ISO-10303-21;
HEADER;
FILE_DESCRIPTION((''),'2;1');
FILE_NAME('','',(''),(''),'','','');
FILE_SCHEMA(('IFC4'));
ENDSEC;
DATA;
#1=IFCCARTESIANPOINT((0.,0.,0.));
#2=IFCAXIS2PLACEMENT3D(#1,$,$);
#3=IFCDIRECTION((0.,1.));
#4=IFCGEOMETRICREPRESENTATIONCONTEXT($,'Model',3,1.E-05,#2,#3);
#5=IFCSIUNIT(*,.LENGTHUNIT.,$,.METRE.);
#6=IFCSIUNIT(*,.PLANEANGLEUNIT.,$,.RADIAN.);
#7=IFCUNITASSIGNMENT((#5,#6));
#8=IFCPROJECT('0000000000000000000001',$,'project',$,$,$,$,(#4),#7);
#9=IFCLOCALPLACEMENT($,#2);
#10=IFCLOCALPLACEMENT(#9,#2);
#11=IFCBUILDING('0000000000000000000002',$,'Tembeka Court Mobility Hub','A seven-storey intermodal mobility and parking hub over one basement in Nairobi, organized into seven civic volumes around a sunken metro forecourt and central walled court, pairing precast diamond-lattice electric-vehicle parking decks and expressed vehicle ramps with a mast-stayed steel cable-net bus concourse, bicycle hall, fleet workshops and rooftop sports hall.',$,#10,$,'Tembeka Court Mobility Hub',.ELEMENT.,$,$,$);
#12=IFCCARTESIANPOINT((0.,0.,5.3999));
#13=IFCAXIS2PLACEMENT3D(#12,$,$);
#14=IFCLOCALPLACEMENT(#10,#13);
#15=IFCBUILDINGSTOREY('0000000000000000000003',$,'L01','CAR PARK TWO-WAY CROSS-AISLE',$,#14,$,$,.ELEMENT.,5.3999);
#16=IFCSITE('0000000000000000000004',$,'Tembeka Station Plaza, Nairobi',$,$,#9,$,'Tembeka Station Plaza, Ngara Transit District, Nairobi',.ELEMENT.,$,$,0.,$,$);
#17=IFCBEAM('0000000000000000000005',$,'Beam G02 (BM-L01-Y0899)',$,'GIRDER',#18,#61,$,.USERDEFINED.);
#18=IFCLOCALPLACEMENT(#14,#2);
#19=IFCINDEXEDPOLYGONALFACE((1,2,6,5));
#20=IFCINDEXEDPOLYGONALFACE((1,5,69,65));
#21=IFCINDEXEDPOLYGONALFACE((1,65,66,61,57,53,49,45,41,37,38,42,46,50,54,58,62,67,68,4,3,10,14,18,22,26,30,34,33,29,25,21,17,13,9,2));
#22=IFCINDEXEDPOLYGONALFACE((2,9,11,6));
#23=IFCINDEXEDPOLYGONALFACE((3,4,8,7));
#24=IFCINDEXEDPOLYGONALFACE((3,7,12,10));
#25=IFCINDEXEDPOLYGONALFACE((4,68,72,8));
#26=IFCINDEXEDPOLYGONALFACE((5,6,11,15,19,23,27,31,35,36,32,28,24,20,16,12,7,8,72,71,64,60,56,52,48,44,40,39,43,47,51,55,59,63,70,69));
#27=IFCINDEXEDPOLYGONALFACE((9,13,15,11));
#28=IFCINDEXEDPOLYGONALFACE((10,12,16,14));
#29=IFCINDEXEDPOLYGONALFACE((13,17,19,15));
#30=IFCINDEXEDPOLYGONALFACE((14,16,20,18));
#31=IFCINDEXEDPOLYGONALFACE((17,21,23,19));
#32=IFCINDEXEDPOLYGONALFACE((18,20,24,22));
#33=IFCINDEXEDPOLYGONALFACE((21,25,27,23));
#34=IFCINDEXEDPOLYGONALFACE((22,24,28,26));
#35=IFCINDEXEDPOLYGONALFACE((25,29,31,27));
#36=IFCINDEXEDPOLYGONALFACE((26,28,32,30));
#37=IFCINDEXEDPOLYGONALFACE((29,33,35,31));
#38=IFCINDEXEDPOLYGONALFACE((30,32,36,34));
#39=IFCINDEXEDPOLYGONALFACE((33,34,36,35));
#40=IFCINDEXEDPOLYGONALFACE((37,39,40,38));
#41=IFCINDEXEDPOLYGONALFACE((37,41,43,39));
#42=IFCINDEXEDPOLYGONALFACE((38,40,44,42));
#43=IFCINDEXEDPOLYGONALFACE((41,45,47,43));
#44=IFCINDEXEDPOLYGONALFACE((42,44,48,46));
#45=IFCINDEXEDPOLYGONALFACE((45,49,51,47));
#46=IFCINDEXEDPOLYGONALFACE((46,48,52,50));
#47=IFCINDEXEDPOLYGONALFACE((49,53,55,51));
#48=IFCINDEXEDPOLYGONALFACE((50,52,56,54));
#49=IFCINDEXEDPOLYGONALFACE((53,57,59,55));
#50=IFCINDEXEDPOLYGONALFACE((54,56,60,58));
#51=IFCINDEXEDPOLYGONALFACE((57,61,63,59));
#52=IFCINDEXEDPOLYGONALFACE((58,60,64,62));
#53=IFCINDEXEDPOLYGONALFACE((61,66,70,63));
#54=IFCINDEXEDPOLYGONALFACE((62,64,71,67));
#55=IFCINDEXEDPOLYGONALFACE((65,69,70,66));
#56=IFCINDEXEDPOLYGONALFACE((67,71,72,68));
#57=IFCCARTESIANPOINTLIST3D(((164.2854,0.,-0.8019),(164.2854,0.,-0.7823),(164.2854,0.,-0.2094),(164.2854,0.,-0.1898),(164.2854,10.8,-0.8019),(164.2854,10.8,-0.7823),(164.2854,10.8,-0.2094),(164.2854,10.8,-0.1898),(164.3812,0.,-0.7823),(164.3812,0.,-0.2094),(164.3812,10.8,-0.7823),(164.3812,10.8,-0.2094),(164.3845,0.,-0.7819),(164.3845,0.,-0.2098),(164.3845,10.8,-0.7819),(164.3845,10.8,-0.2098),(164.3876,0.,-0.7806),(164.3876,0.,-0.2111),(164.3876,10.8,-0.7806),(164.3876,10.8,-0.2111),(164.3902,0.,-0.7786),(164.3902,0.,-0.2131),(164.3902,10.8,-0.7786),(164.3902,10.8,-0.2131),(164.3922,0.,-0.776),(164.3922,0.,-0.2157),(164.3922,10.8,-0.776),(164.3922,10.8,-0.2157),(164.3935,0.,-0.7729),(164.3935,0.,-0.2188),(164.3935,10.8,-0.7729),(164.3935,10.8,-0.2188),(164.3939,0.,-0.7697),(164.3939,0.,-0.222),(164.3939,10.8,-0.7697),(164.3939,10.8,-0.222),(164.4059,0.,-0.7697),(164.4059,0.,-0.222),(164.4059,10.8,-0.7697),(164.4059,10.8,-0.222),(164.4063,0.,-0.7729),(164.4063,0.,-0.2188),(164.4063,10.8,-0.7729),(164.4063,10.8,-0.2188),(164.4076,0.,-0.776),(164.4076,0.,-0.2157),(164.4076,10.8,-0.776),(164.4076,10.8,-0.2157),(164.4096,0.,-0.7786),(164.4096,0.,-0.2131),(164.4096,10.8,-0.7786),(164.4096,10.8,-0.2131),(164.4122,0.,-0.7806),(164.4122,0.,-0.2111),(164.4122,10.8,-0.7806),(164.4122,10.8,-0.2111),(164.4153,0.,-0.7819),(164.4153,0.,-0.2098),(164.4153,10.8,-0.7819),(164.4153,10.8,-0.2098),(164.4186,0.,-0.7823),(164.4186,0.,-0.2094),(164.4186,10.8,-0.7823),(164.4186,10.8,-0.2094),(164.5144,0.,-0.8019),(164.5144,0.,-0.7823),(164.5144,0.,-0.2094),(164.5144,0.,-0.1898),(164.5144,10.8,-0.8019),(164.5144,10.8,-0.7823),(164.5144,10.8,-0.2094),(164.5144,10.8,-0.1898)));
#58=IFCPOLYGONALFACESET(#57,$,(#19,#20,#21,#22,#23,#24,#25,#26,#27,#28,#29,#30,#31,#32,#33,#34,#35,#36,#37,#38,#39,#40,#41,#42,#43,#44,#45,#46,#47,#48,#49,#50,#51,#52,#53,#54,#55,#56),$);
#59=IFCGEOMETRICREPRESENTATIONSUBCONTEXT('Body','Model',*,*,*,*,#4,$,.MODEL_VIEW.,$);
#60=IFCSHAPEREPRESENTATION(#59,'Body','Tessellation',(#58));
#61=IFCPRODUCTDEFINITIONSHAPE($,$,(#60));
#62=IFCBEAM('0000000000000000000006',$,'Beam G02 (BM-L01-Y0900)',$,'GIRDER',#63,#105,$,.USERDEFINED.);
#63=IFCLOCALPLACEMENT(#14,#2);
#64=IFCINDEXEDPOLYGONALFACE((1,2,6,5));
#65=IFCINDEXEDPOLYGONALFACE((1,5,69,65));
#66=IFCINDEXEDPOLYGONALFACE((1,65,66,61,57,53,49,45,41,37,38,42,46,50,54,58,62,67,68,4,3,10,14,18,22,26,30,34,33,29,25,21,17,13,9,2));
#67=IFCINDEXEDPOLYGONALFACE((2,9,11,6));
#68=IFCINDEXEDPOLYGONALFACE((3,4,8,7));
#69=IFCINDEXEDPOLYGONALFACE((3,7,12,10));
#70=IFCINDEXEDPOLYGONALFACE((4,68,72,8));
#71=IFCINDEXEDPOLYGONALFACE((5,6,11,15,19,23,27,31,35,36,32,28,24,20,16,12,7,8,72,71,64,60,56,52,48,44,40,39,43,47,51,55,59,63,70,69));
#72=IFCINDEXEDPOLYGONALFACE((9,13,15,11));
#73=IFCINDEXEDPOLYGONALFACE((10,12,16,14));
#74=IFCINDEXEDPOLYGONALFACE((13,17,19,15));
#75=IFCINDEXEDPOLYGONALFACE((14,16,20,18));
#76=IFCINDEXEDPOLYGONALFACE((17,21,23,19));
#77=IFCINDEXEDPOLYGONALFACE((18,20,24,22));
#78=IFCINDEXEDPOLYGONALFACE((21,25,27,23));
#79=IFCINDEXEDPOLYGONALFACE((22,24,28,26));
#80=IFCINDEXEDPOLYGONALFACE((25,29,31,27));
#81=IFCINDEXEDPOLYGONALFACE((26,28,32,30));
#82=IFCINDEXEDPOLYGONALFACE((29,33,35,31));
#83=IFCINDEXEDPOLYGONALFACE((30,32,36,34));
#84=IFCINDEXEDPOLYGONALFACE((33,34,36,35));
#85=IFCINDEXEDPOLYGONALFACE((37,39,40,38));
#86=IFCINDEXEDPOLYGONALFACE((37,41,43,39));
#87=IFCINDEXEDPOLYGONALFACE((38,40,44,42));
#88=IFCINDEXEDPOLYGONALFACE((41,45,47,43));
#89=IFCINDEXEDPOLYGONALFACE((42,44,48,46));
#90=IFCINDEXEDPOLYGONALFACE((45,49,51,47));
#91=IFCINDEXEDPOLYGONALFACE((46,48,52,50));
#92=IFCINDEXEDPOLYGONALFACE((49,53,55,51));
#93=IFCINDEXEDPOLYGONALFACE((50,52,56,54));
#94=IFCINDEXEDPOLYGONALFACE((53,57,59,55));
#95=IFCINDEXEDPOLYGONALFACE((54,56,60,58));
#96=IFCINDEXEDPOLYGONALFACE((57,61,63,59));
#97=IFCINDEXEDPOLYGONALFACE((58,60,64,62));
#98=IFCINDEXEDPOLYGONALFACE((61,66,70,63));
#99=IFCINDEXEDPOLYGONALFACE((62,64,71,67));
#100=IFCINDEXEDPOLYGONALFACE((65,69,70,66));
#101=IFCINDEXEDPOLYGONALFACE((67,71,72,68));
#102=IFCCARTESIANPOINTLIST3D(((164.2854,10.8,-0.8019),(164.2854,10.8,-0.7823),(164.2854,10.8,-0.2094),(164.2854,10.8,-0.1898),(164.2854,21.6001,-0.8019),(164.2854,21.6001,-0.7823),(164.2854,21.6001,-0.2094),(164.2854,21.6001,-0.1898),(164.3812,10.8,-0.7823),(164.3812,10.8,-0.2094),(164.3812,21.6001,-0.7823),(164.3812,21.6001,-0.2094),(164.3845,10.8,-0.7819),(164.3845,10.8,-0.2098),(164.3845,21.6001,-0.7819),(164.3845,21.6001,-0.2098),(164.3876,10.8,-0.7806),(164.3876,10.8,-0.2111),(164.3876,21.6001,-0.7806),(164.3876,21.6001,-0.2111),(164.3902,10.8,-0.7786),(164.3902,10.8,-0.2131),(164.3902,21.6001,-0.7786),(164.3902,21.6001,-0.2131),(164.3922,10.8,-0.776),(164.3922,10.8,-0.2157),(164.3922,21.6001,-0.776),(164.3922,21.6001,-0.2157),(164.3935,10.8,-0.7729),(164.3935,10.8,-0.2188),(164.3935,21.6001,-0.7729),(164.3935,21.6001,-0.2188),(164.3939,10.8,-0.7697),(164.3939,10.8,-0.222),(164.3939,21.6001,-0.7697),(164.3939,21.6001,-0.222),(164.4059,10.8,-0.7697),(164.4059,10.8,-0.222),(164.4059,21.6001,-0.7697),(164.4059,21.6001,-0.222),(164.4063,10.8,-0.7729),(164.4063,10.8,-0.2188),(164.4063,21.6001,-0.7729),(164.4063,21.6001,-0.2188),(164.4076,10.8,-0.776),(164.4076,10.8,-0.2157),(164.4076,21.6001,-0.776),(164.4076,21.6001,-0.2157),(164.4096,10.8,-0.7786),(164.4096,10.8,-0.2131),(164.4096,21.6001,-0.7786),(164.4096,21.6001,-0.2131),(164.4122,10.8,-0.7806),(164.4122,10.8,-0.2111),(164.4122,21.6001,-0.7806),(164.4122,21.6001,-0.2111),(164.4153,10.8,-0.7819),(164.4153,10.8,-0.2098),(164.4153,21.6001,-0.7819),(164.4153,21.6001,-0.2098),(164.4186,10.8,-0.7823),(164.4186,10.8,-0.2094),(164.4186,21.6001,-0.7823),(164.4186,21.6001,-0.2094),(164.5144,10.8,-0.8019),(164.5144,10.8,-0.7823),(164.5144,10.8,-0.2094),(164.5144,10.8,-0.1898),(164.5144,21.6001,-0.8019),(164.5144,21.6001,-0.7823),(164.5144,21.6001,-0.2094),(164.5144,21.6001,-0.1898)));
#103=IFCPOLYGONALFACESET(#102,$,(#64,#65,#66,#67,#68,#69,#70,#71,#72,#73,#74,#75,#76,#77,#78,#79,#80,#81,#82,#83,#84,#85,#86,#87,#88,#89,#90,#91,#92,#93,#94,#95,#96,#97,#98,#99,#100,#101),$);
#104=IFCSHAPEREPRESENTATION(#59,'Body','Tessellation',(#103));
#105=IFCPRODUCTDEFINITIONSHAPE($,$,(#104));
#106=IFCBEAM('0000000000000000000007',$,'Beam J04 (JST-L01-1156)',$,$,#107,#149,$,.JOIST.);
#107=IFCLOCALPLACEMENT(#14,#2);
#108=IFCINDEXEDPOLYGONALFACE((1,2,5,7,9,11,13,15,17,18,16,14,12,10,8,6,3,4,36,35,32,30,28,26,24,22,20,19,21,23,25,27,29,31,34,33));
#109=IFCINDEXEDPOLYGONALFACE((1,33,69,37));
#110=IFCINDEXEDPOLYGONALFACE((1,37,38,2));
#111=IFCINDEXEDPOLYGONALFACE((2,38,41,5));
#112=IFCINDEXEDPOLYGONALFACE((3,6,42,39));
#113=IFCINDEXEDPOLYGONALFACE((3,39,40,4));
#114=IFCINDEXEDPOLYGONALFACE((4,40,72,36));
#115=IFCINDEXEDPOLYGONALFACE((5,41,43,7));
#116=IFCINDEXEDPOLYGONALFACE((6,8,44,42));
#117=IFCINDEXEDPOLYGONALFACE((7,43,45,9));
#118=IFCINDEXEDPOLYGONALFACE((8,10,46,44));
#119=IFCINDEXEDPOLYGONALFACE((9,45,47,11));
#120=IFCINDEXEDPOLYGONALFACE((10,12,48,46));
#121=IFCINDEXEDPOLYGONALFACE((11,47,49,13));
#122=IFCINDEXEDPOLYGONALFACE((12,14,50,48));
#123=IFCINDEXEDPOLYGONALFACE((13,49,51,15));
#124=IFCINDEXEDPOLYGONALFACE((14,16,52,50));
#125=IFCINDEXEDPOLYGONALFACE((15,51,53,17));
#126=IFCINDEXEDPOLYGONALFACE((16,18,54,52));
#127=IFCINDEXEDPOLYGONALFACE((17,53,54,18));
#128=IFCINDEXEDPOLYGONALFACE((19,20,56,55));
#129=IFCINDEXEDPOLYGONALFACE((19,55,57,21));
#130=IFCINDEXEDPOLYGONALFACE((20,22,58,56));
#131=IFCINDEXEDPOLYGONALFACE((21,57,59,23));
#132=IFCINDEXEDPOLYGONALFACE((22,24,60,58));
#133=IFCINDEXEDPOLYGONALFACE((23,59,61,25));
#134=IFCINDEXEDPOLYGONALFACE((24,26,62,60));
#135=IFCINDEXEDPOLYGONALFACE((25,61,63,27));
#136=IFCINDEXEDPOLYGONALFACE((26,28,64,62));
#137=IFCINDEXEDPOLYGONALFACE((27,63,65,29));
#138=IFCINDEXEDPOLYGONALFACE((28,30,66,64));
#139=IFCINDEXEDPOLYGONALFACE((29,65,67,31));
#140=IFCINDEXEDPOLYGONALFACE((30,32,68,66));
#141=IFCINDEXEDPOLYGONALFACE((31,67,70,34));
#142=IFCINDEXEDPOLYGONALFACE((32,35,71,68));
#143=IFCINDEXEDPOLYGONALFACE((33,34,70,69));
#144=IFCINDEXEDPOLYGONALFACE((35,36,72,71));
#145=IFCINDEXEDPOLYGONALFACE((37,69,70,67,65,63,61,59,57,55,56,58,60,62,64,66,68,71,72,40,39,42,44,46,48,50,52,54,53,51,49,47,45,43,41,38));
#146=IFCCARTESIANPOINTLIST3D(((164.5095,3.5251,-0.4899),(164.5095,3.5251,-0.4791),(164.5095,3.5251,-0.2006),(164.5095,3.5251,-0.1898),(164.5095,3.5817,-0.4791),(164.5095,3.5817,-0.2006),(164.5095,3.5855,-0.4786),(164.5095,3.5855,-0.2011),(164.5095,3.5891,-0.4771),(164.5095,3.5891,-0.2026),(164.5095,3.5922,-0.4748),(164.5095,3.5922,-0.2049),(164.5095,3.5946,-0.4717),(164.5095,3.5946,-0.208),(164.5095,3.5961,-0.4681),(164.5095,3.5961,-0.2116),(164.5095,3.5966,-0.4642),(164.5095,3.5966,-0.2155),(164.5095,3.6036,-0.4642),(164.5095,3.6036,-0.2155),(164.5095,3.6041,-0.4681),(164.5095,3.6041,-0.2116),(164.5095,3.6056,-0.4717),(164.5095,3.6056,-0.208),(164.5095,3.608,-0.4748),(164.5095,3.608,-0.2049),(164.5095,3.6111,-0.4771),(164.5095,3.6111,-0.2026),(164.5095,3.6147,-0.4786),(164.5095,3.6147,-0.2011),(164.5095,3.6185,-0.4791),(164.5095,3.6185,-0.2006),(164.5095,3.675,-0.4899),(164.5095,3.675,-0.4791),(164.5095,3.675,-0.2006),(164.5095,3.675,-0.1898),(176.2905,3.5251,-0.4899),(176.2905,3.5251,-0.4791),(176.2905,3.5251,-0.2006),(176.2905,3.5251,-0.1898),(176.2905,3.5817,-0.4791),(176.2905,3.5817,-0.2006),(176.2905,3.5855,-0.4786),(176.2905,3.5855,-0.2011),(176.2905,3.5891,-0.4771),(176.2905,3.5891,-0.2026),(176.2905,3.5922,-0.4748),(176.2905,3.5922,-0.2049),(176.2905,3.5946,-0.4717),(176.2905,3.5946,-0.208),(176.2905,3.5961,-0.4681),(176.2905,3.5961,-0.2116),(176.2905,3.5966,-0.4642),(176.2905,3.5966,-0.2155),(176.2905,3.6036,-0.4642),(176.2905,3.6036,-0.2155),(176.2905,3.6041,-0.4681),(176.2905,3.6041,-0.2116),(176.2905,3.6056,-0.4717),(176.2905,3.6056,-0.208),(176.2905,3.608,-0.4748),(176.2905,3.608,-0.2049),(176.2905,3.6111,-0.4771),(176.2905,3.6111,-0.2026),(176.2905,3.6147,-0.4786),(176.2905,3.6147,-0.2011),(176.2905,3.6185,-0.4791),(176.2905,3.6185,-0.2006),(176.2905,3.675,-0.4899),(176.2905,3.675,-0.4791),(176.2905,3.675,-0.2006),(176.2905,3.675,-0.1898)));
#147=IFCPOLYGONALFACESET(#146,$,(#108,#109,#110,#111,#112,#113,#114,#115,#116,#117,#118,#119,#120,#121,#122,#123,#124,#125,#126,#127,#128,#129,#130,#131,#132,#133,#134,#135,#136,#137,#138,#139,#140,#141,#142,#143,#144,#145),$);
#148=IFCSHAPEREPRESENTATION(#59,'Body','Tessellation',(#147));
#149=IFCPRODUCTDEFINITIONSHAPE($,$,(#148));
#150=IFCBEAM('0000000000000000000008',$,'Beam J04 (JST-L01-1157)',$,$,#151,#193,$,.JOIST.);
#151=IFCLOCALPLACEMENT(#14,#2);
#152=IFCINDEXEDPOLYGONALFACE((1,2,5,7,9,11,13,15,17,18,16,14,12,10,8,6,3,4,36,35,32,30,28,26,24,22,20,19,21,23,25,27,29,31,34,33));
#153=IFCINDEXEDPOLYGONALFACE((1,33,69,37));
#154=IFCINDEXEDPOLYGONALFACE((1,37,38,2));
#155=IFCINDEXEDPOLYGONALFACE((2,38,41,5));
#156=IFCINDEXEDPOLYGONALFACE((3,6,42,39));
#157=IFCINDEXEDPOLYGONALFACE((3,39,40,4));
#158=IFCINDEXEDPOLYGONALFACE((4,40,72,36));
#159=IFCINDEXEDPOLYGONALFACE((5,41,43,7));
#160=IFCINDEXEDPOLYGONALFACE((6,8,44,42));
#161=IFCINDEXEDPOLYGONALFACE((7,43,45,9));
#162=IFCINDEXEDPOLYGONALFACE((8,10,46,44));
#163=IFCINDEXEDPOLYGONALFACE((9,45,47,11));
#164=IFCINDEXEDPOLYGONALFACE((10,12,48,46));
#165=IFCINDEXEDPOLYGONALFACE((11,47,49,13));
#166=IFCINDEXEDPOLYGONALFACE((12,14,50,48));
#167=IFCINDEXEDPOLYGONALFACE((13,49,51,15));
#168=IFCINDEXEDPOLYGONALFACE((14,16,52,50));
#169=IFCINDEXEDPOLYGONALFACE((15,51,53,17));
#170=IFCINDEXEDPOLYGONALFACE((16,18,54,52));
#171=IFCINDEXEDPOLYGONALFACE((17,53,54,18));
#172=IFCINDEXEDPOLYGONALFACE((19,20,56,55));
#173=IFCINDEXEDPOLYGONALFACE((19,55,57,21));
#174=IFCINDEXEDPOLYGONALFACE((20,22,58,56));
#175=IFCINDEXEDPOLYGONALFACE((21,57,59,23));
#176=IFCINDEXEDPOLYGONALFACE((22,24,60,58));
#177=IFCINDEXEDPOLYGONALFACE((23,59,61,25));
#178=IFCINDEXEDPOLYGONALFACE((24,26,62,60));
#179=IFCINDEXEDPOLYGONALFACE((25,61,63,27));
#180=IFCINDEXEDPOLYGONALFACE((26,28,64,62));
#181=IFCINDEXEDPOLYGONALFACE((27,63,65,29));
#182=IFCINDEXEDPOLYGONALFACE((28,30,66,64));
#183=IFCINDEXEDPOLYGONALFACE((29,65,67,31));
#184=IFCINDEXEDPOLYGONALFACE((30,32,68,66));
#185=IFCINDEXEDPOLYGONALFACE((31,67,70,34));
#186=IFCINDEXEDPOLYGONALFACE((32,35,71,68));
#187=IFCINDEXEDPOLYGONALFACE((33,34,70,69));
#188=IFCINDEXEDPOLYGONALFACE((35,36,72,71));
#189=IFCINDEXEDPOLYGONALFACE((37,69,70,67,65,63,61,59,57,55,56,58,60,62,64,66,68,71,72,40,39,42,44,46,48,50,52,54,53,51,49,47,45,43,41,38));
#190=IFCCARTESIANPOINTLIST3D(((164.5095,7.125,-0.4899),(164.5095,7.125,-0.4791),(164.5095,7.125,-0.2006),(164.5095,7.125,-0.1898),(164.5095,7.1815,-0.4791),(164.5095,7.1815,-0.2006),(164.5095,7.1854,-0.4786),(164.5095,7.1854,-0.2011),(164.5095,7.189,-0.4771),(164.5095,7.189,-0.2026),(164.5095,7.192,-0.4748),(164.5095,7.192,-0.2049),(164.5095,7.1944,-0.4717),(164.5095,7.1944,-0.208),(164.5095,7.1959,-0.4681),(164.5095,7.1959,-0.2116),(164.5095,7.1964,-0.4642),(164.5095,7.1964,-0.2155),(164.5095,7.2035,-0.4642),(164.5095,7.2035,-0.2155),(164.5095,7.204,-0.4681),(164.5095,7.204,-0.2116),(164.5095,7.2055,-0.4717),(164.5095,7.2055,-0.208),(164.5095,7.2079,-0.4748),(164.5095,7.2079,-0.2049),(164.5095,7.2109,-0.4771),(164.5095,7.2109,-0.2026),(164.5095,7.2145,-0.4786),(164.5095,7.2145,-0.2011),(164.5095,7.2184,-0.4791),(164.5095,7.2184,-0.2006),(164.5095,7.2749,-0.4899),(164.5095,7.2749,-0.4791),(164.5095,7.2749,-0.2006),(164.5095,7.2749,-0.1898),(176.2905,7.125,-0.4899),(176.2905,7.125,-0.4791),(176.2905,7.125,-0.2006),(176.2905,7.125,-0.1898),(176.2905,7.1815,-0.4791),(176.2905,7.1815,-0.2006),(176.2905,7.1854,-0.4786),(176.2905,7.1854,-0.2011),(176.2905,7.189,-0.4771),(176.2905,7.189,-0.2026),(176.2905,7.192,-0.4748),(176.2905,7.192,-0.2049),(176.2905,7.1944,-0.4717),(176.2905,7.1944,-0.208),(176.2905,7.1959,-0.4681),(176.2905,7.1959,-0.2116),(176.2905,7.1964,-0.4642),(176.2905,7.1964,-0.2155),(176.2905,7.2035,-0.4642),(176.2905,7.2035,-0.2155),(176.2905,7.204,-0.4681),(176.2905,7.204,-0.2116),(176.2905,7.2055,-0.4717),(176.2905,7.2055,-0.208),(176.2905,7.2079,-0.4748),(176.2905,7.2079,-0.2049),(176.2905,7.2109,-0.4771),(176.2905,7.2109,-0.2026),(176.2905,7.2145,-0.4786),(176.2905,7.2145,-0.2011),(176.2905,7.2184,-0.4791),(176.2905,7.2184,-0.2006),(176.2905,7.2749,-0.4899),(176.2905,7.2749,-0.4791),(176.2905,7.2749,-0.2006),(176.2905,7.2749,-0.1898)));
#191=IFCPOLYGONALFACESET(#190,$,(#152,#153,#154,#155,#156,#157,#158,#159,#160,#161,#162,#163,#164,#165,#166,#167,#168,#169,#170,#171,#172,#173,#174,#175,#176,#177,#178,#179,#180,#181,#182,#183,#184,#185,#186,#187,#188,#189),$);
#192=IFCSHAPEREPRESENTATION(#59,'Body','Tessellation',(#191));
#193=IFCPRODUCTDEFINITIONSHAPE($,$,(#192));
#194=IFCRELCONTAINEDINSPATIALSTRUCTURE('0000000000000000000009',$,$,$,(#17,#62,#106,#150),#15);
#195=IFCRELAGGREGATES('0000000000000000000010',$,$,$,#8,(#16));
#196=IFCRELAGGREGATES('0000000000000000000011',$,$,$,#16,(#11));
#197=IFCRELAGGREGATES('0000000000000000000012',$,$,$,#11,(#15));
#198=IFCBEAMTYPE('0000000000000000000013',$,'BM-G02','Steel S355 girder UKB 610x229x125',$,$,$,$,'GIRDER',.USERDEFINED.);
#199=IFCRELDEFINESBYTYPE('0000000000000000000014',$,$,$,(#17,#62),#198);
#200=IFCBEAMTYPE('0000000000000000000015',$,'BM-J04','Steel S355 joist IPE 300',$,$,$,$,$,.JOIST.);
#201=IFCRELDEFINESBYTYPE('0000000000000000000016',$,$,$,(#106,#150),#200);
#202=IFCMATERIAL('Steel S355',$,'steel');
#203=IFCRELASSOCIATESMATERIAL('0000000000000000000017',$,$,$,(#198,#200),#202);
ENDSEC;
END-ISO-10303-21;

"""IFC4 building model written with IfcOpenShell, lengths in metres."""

from ifc_helpers import new_model, si_unit, direction, frame, origin, origin_2d, place, context, subcontext, project, spatial, i_section, extrude, material, material_profile, profile_set, type_object, element, save


model = new_model("IFC4")

# Units and contexts
model_context = context("Model", 3, precision=1e-05, world=origin(), true_north=direction((0.0, 1.0)))
body_context = subcontext(model_context, "Body", "Model", "MODEL_VIEW")
ifc_project = project(units=[si_unit("LENGTHUNIT", "METRE"), si_unit("PLANEANGLEUNIT", "RADIAN")], contexts=[model_context])

# Site, building, storey
site_placement = place(None, origin())
site = spatial("IfcSite", under=ifc_project, at=site_placement, Name="Tembeka Station Plaza, Nairobi", LongName="Tembeka Station Plaza, Ngara Transit District, Nairobi", CompositionType="ELEMENT", RefElevation=0.0)
building_placement = place(site_placement, origin())
building = spatial("IfcBuilding", under=site, at=building_placement, Name="Tembeka Court Mobility Hub", Description="A seven-storey intermodal mobility and parking hub over one basement in Nairobi, organized into seven civic volumes around a sunken metro forecourt and central walled court, pairing precast diamond-lattice electric-vehicle parking decks and expressed vehicle ramps with a mast-stayed steel cable-net bus concourse, bicycle hall, fleet workshops and rooftop sports hall.", LongName="Tembeka Court Mobility Hub", CompositionType="ELEMENT")
storey_placement = place(building_placement, frame((0.0, 0.0, 5.3999)))
storey = spatial("IfcBuildingStorey", under=building, at=storey_placement, Name="L01", Description="CAR PARK TWO-WAY CROSS-AISLE", CompositionType="ELEMENT", Elevation=5.3999)

# Shared definitions
ifc_material_1 = material(Name="Steel S355", Category="steel")

# Beams
ifc_material_profile_1 = material_profile(ifc_material_1, i_section(OverallWidth=0.229, OverallDepth=0.6121, WebThickness=0.012, FlangeThickness=0.0195, FilletRadius=0.0127, at=origin_2d()), Name="UKB 610x229x125")
ifc_profile_set_1 = profile_set([ifc_material_profile_1], Name="Steel S355")
beam_type_1 = type_object("IfcBeamType", Name="BM-G02", Description="Steel S355 girder UKB 610x229x125", ElementType="GIRDER", PredefinedType="USERDEFINED", material=ifc_profile_set_1)
for number, where, z_axis, x_axis, name in (
    (1, (164.3999, 0.0, -0.4958), (0.0, 1.0, 0.0), (-1.0, 0.0, 0.0), "Beam G02 (BM-L01-Y0899)"),
    (2, (164.3999, 10.8, -0.4958), (0.0, 1.0, 0.0), (-1.0, 0.0, 0.0), "Beam G02 (BM-L01-Y0900)"),
):
    element("IfcBeam", number, at=place(storey_placement, frame(where, z_axis=z_axis, x_axis=x_axis)), inside=storey, type_object=beam_type_1, Name=name, ObjectType="GIRDER", PredefinedType="USERDEFINED", context=body_context, shape_type="SweptSolid", body=[
        extrude(i_section(OverallWidth=0.229, OverallDepth=0.6121, WebThickness=0.012, FlangeThickness=0.0195, FilletRadius=0.0127, at=origin_2d()), origin(), (0.0, 0.0, 1.0), 10.8),
    ])
ifc_material_profile_2 = material_profile(ifc_material_1, i_section(OverallWidth=0.1499, OverallDepth=0.3, WebThickness=0.0071, FlangeThickness=0.0107, FilletRadius=0.0149, at=origin_2d()), Name="IPE 300")
ifc_profile_set_2 = profile_set([ifc_material_profile_2], Name="Steel S355")
beam_type_2 = type_object("IfcBeamType", Name="BM-J04", Description="Steel S355 joist IPE 300", PredefinedType="JOIST", material=ifc_profile_set_2)
for number, where, z_axis, x_axis, name in (
    (3, (164.5095, 3.6001, -0.3398), (1.0, 0.0, 0.0), (0.0, 1.0, 0.0), "Beam J04 (JST-L01-1156)"),
    (4, (164.5095, 7.2, -0.3398), (1.0, 0.0, 0.0), (0.0, 1.0, 0.0), "Beam J04 (JST-L01-1157)"),
):
    element("IfcBeam", number, at=place(storey_placement, frame(where, z_axis=z_axis, x_axis=x_axis)), inside=storey, type_object=beam_type_2, Name=name, PredefinedType="JOIST", context=body_context, shape_type="SweptSolid", body=[
        extrude(i_section(OverallWidth=0.1499, OverallDepth=0.3, WebThickness=0.0071, FlangeThickness=0.0107, FilletRadius=0.0149, at=origin_2d()), origin(), (0.0, 0.0, 1.0), 11.781),
    ])

save(model, "model.ifc")
